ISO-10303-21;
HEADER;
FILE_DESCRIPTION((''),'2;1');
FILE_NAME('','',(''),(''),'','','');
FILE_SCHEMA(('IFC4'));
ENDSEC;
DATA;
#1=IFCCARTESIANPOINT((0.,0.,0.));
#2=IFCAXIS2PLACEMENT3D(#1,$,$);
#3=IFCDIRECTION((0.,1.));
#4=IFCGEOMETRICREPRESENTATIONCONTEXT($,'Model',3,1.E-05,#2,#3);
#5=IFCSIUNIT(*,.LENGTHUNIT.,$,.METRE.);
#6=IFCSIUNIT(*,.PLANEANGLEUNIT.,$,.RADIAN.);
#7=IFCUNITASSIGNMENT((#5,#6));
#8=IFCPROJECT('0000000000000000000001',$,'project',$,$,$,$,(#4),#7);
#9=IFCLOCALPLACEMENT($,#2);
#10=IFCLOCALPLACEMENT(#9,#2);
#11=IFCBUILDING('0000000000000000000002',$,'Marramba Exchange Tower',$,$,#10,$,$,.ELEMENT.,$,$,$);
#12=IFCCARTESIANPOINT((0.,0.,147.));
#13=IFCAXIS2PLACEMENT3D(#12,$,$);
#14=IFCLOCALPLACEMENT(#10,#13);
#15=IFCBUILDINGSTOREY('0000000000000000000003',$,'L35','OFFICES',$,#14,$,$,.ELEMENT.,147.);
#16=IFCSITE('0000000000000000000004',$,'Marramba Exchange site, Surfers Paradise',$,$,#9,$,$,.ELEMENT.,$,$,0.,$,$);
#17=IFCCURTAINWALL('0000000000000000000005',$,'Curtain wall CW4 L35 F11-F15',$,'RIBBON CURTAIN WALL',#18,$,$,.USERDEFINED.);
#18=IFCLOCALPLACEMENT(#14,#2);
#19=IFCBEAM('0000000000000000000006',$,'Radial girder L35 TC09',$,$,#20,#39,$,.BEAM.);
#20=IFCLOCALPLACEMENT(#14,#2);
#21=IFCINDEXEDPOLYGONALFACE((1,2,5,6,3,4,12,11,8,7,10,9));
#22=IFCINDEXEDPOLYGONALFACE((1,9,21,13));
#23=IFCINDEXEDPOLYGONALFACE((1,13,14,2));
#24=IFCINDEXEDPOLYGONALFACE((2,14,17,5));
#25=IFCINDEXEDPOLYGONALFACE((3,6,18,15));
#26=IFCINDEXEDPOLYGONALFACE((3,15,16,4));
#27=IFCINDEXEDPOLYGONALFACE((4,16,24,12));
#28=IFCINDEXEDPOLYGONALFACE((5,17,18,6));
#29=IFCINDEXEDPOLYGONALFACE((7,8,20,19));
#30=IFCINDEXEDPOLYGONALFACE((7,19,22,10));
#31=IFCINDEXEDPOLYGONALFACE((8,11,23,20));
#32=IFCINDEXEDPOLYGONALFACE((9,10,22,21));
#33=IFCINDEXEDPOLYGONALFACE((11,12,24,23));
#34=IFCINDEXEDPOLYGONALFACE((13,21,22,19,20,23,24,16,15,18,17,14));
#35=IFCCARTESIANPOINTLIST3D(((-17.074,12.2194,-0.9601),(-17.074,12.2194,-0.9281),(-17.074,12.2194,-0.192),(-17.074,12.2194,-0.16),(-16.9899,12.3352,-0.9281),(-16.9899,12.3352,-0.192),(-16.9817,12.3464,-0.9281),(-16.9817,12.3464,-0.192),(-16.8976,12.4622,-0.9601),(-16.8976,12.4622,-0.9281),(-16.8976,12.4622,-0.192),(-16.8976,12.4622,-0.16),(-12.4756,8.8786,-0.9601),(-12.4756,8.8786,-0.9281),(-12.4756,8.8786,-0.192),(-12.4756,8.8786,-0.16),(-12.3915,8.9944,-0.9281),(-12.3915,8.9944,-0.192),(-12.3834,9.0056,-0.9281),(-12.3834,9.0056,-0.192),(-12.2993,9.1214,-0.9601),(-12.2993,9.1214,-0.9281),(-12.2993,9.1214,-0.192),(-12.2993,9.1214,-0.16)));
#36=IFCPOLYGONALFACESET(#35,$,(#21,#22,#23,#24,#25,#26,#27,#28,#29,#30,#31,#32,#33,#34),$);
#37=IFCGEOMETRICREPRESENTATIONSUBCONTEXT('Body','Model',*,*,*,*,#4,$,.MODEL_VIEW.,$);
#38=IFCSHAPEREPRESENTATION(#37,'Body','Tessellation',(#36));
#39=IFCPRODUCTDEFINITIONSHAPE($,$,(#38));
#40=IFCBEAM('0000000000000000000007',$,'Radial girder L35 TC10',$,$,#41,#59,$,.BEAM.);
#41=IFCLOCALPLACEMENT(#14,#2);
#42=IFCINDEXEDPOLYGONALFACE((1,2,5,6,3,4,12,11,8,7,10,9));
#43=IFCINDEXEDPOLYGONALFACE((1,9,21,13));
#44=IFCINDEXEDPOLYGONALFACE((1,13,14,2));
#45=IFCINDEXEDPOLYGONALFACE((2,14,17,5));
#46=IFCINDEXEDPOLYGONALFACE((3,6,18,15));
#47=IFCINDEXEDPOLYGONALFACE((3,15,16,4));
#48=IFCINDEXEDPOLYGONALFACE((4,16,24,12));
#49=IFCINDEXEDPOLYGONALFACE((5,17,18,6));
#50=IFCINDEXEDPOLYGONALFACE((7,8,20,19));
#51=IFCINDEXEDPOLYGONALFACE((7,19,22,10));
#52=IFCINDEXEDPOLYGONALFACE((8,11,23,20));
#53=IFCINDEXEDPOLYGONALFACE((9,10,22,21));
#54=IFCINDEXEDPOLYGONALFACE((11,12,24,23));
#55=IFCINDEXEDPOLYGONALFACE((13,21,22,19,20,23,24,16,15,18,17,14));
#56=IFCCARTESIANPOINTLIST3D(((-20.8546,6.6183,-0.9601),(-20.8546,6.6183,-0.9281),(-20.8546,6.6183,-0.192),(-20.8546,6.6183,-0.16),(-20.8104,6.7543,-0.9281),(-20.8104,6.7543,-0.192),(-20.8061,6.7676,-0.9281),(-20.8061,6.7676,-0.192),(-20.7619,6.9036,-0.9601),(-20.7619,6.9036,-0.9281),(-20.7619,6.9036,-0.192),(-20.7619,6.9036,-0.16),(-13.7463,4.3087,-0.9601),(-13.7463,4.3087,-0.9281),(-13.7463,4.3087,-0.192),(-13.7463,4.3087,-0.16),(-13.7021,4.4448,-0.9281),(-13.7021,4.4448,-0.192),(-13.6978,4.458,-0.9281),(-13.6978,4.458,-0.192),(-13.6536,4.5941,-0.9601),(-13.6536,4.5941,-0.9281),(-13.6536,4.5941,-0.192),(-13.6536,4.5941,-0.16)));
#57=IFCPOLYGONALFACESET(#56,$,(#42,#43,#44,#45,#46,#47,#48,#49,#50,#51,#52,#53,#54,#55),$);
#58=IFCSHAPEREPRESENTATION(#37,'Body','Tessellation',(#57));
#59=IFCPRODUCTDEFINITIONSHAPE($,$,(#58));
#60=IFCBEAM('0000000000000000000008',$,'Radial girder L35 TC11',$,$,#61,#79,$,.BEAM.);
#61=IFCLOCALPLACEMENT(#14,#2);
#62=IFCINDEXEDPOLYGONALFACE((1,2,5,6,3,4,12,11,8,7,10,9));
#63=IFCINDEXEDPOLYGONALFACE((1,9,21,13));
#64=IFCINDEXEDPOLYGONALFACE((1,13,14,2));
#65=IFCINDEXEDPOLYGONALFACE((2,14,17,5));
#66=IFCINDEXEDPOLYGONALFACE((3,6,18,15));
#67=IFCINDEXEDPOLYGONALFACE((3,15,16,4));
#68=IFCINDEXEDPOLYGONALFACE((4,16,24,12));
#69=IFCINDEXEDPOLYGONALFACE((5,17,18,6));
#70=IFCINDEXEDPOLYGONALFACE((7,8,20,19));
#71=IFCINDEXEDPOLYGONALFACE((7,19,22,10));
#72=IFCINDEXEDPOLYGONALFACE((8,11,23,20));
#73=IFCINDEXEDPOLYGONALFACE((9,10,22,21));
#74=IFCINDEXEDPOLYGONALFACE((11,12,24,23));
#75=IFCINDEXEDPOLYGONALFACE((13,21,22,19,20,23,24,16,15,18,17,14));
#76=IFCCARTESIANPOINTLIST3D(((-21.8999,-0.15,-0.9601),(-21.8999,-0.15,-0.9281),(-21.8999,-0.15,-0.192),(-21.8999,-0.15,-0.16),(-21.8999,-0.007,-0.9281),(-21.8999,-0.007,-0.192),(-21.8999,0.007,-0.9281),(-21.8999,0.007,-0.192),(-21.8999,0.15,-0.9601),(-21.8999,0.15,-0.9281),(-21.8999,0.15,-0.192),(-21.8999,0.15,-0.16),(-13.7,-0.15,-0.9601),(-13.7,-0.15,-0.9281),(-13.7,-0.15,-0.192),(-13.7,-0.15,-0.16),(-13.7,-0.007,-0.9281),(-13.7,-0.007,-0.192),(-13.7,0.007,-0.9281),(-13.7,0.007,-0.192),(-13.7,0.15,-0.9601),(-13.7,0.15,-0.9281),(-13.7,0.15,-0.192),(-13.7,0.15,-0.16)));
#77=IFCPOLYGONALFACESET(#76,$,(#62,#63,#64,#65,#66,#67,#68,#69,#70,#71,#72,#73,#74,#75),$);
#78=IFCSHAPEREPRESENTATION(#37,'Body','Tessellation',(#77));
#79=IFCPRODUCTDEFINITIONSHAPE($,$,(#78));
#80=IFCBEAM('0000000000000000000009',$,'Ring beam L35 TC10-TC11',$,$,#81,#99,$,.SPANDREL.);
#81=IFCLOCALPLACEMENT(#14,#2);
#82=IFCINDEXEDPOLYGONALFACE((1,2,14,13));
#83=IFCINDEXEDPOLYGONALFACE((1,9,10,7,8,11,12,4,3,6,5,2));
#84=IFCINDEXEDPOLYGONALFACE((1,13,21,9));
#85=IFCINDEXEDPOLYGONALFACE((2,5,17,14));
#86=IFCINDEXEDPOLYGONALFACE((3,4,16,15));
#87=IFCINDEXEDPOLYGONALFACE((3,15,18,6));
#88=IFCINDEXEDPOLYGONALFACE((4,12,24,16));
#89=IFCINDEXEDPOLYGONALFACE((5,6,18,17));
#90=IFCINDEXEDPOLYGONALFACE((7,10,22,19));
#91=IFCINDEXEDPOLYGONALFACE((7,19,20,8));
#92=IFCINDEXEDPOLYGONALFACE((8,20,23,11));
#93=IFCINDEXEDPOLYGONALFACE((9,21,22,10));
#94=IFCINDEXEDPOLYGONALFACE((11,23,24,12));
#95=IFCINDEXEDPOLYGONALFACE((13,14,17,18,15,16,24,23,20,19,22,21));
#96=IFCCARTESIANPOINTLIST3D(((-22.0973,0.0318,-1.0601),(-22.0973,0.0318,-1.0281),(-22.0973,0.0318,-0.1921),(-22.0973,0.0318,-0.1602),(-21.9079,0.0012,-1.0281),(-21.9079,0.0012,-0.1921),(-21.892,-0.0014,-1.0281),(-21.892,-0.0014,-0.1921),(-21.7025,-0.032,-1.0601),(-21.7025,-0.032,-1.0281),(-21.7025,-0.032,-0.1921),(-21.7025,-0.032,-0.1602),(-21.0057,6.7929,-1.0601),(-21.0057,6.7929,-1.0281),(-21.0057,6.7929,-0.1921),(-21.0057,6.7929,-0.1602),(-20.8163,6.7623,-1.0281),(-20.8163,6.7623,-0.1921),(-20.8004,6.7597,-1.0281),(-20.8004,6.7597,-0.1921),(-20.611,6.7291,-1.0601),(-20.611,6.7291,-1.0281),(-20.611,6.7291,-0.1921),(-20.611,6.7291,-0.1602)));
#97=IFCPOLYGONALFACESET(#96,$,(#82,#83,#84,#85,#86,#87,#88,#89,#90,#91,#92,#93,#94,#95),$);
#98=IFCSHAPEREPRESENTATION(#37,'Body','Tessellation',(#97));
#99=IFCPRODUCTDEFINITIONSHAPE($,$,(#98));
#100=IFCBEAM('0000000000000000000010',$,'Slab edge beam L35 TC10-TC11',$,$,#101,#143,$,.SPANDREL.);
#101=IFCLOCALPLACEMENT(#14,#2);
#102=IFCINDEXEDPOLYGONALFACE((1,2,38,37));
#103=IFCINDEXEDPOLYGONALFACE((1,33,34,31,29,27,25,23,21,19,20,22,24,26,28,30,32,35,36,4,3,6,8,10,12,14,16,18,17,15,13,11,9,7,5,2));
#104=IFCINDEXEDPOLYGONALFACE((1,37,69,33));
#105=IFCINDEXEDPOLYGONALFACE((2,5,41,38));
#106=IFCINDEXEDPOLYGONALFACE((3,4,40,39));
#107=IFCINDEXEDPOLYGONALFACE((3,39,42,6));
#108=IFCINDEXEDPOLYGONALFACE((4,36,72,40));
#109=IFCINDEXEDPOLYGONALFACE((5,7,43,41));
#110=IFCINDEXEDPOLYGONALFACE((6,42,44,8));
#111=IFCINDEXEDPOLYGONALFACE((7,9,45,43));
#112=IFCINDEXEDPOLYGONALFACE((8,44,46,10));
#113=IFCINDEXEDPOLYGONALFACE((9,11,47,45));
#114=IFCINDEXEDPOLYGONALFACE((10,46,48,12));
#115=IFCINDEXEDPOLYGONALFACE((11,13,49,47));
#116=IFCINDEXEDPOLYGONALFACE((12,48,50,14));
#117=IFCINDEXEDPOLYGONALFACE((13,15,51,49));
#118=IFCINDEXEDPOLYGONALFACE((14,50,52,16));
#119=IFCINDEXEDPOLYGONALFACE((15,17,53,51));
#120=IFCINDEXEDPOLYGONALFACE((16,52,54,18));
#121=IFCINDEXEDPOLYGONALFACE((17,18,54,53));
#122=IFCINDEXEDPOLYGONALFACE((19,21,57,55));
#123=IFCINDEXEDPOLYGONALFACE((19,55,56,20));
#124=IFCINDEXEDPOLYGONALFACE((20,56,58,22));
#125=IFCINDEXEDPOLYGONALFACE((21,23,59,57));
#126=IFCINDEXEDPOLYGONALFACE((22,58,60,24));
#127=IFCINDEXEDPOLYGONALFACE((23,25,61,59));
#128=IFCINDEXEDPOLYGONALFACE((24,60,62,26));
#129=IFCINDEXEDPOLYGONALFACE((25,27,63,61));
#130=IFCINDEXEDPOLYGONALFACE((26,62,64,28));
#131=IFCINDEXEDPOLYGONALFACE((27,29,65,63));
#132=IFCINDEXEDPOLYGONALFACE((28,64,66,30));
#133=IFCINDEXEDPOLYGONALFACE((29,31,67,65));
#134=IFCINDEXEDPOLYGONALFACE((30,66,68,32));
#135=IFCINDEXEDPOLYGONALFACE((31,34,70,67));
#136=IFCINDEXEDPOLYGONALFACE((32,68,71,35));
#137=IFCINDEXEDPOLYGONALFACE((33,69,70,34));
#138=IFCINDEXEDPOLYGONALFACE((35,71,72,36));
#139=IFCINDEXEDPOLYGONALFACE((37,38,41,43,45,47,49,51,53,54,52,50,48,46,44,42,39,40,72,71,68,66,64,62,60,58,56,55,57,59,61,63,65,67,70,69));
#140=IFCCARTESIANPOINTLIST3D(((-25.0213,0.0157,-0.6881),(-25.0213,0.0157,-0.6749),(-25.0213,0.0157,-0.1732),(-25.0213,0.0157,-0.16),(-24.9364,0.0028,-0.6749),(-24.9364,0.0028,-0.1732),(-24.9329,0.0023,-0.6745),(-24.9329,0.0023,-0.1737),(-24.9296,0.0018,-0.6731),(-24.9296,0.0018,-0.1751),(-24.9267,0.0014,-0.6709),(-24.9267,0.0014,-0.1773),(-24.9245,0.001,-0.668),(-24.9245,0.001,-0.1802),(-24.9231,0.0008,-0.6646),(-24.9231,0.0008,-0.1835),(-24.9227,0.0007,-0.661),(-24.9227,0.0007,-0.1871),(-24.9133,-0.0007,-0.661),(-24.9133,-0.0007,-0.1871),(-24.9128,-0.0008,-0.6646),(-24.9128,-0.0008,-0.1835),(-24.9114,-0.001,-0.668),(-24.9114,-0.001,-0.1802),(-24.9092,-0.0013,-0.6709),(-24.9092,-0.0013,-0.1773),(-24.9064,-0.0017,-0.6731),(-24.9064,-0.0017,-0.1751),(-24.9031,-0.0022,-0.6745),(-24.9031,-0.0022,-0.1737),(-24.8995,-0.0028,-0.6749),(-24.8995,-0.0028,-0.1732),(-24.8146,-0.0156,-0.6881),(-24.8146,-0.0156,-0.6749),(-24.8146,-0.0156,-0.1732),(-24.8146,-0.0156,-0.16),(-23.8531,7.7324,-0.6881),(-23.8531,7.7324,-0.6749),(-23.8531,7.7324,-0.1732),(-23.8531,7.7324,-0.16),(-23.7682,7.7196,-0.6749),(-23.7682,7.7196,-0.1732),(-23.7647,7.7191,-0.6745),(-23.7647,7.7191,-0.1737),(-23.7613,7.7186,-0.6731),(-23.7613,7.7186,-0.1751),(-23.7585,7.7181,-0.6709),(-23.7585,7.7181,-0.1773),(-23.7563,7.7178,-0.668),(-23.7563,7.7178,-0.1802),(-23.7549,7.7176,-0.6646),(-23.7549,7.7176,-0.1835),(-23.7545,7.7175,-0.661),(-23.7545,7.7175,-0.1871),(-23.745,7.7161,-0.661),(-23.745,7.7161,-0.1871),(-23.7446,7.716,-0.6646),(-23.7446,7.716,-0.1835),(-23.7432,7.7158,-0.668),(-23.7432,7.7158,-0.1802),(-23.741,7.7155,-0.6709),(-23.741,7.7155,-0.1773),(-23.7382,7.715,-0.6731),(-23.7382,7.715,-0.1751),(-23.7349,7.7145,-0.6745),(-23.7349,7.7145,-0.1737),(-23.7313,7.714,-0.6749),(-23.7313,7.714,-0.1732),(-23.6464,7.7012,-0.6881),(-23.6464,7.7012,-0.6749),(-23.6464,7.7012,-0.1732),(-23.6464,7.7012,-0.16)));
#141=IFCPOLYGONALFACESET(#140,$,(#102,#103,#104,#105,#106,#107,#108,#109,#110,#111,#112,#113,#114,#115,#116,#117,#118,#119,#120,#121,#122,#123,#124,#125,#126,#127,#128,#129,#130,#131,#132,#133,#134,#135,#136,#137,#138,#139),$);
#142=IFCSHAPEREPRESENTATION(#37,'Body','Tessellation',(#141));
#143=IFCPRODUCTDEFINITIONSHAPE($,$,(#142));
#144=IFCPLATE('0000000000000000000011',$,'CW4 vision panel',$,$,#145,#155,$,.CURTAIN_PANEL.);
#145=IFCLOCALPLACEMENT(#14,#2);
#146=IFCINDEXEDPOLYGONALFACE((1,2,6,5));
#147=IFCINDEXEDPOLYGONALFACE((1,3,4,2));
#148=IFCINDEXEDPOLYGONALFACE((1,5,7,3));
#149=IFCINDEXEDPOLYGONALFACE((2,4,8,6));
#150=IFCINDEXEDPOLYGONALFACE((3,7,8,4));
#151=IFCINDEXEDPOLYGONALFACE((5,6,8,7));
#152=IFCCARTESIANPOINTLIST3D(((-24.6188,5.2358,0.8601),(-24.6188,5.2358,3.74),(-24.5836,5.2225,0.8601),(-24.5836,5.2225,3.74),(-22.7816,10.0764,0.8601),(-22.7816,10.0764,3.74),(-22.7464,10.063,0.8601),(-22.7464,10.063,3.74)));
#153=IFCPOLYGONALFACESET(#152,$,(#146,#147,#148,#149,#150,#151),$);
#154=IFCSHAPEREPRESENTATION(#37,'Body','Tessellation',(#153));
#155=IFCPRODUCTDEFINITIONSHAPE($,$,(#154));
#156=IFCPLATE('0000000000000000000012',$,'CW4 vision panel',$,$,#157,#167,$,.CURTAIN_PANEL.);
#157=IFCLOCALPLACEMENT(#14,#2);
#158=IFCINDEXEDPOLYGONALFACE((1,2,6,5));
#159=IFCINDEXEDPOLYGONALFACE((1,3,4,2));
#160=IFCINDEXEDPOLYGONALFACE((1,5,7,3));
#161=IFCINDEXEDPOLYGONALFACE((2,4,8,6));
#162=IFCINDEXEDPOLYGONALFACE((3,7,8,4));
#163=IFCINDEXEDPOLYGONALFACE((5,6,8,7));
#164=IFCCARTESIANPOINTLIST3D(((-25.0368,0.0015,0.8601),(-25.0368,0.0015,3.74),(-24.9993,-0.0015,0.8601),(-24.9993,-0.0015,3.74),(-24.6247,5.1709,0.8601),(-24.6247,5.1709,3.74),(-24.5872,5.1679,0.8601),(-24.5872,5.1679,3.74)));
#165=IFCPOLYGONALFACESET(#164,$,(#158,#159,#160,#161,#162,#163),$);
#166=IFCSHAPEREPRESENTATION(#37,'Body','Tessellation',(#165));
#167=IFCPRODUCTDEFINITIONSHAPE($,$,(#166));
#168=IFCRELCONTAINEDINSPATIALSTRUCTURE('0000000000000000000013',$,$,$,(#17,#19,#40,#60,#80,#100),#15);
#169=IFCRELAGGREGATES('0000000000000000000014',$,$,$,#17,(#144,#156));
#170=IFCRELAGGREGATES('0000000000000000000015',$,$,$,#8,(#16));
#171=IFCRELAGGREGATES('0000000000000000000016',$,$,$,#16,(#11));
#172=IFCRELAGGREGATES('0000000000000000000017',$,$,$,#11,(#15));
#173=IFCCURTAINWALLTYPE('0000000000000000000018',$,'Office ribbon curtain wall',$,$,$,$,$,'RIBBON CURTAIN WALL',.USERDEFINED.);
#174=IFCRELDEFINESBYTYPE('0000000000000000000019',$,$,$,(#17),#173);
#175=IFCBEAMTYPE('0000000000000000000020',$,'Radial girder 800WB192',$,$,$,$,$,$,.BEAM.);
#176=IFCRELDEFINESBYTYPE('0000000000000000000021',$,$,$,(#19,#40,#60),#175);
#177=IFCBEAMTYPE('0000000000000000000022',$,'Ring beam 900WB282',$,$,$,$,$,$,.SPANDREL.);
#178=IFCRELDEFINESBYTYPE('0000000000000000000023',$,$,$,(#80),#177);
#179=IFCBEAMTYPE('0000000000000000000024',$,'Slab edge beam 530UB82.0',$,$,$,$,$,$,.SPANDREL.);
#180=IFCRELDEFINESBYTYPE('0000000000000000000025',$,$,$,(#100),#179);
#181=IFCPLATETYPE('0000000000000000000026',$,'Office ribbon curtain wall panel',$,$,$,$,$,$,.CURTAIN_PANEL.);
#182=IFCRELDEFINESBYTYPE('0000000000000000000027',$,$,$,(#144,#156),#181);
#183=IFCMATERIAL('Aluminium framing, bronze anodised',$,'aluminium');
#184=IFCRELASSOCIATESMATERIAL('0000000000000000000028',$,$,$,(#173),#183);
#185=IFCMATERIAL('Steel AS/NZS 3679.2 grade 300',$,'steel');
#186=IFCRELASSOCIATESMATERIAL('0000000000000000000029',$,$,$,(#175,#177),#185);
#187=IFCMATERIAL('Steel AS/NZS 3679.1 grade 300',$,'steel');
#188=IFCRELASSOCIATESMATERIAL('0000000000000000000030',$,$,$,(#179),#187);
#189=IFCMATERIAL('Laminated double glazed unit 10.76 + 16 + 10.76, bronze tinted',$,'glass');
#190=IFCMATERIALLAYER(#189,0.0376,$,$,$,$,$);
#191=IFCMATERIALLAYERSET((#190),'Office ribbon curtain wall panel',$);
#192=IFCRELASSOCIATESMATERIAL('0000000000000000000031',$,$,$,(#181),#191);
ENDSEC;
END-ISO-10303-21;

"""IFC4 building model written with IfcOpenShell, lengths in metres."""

from ifc_helpers import new_model, si_unit, direction, frame, origin, origin_2d, place, context, subcontext, project, spatial, rectangle, i_section, extrude, material, layer, layer_set, material_profile, profile_set, type_object, element, aggregate, save


model = new_model("IFC4")

# Units and contexts
model_context = context("Model", 3, precision=1e-05, world=origin(), true_north=direction((0.0, 1.0)))
body_context = subcontext(model_context, "Body", "Model", "MODEL_VIEW")
ifc_project = project(units=[si_unit("LENGTHUNIT", "METRE"), si_unit("PLANEANGLEUNIT", "RADIAN")], contexts=[model_context])

# Site, building, storey
site_placement = place(None, origin())
site = spatial("IfcSite", under=ifc_project, at=site_placement, Name="Marramba Exchange site, Surfers Paradise", CompositionType="ELEMENT", RefElevation=0.0)
building_placement = place(site_placement, origin())
building = spatial("IfcBuilding", under=site, at=building_placement, Name="Marramba Exchange Tower", CompositionType="ELEMENT")
storey_placement = place(building_placement, frame((0.0, 0.0, 147.0)))
storey = spatial("IfcBuildingStorey", under=building, at=storey_placement, Name="L35", Description="OFFICES", CompositionType="ELEMENT", Elevation=147.0)

# Shared definitions
ifc_material_1 = material(Name="Steel AS/NZS 3679.2 grade 300", Category="steel")
ifc_material_2 = material(Name="Steel AS/NZS 3679.1 grade 300", Category="steel")

# Curtain wall
ifc_material_3 = material(Name="Aluminium framing, bronze anodised", Category="aluminium")
curtain_wall_type = type_object("IfcCurtainWallType", Name="Office ribbon curtain wall", ElementType="RIBBON CURTAIN WALL", PredefinedType="USERDEFINED", material=ifc_material_3)
curtain_wall_placement = place(storey_placement, origin())
curtain_wall = element("IfcCurtainWall", 1, at=curtain_wall_placement, inside=storey, type_object=curtain_wall_type, Name="Curtain wall CW4 L35 F11-F15", ObjectType="RIBBON CURTAIN WALL", PredefinedType="USERDEFINED")

# Beams
ifc_material_profile_1 = material_profile(ifc_material_1, i_section(OverallWidth=0.3, OverallDepth=0.8, WebThickness=0.0139, FlangeThickness=0.032, at=origin_2d()), Name="800WB192")
ifc_profile_set_1 = profile_set([ifc_material_profile_1], Name="Steel AS/NZS 3679.2 grade 300")
beam_type_1 = type_object("IfcBeamType", Name="Radial girder 800WB192", PredefinedType="BEAM", material=ifc_profile_set_1)
beam_1_placement = place(storey_placement, frame((-12.3875, 9.0, -0.5601), z_axis=(-0.809026, 0.587773, 0.0), x_axis=(-0.587773, -0.809026, 0.0)))
element("IfcBeam", 2, at=beam_1_placement, inside=storey, type_object=beam_type_1, Name="Radial girder L35 TC09", PredefinedType="BEAM", context=body_context, shape_type="SweptSolid", body=[
    extrude(i_section(OverallWidth=0.3, OverallDepth=0.8, WebThickness=0.0139, FlangeThickness=0.032, at=origin_2d()), origin(), (0.0, 0.0, 1.0), 5.6838),
])
beam_2_placement = place(storey_placement, frame((-13.7, 4.4514, -0.5601), z_axis=(-0.95106, 0.309006, 0.0), x_axis=(-0.309006, -0.95106, 0.0)))
element("IfcBeam", 3, at=beam_2_placement, inside=storey, type_object=beam_type_1, Name="Radial girder L35 TC10", PredefinedType="BEAM", context=body_context, shape_type="SweptSolid", body=[
    extrude(i_section(OverallWidth=0.3, OverallDepth=0.8, WebThickness=0.0139, FlangeThickness=0.032, at=origin_2d()), origin(), (0.0, 0.0, 1.0), 7.4741),
])
beam_3_placement = place(storey_placement, frame((-13.7, 0.0, -0.5601), z_axis=(-1.0, 0.0, 0.0), x_axis=(0.0, -1.0, 0.0)))
element("IfcBeam", 4, at=beam_3_placement, inside=storey, type_object=beam_type_1, Name="Radial girder L35 TC11", PredefinedType="BEAM", context=body_context, shape_type="SweptSolid", body=[
    extrude(i_section(OverallWidth=0.3, OverallDepth=0.8, WebThickness=0.0139, FlangeThickness=0.032, at=origin_2d()), origin(), (0.0, 0.0, 1.0), 8.2),
])
ifc_material_profile_2 = material_profile(ifc_material_1, i_section(OverallWidth=0.3999, OverallDepth=0.8999, WebThickness=0.0161, FlangeThickness=0.032, at=origin_2d()), Name="900WB282")
ifc_profile_set_2 = profile_set([ifc_material_profile_2], Name="Steel AS/NZS 3679.2 grade 300")
beam_type_2 = type_object("IfcBeamType", Name="Ring beam 900WB282", PredefinedType="SPANDREL", material=ifc_profile_set_2)
beam_4_placement = place(storey_placement, frame((-20.8083, 6.761, -0.6101), z_axis=(-0.159385, -0.987217, 0.0), x_axis=(0.987217, -0.159385, 0.0)))
element("IfcBeam", 5, at=beam_4_placement, inside=storey, type_object=beam_type_2, Name="Ring beam L35 TC10-TC11", PredefinedType="SPANDREL", context=body_context, shape_type="SweptSolid", body=[
    extrude(i_section(OverallWidth=0.3999, OverallDepth=0.8999, WebThickness=0.0161, FlangeThickness=0.032, at=origin_2d()), origin(), (0.0, 0.0, 1.0), 6.8486),
])
ifc_material_profile_3 = material_profile(ifc_material_2, i_section(OverallWidth=0.209, OverallDepth=0.5281, WebThickness=0.0095, FlangeThickness=0.0132, FilletRadius=0.0139, at=origin_2d()), Name="530UB82.0")
ifc_profile_set_3 = profile_set([ifc_material_profile_3], Name="Steel AS/NZS 3679.1 grade 300")
beam_type_3 = type_object("IfcBeamType", Name="Slab edge beam 530UB82.0", PredefinedType="SPANDREL", material=ifc_profile_set_3)
beam_5_placement = place(storey_placement, frame((-23.7498, 7.7168, -0.4241), z_axis=(-0.14968, -0.988734, 0.0), x_axis=(0.988734, -0.14968, 0.0)))
element("IfcBeam", 6, at=beam_5_placement, inside=storey, type_object=beam_type_3, Name="Slab edge beam L35 TC10-TC11", PredefinedType="SPANDREL", context=body_context, shape_type="SweptSolid", body=[
    extrude(i_section(OverallWidth=0.209, OverallDepth=0.5281, WebThickness=0.0095, FlangeThickness=0.0132, FilletRadius=0.0139, at=origin_2d()), origin(), (0.0, 0.0, 1.0), 7.8047),
])

# Plates
ifc_material_4 = material(Name="Laminated double glazed unit 10.76 + 16 + 10.76, bronze tinted", Category="glass")
ifc_layer_1 = layer(ifc_material_4, 0.0376)
ifc_layer_set_1 = layer_set([ifc_layer_1], Name="Office ribbon curtain wall panel")
plate_type = type_object("IfcPlateType", Name="Office ribbon curtain wall panel", PredefinedType="CURTAIN_PANEL", material=ifc_layer_set_1)
plate_1_placement = place(storey_placement, frame((-23.6826, 7.6494, 0.8601), z_axis=(0.0, 0.0, 1.0), x_axis=(-0.354844, -0.934925, 0.0)))
plate_1 = element("IfcPlate", 7, at=plate_1_placement, type_object=plate_type, Name="CW4 vision panel", PredefinedType="CURTAIN_PANEL", context=body_context, shape_type="SweptSolid", body=[
    extrude(rectangle(XDim=5.1775, YDim=0.0376, at=origin_2d()), origin(), (0.0, 0.0, 1.0), 2.8799),
])
plate_2_placement = place(storey_placement, frame((-24.812, 2.5847, 0.8601), z_axis=(0.0, 0.0, 1.0), x_axis=(-0.07946, -0.996838, 0.0)))
plate_2 = element("IfcPlate", 8, at=plate_2_placement, type_object=plate_type, Name="CW4 vision panel", PredefinedType="CURTAIN_PANEL", context=body_context, shape_type="SweptSolid", body=[
    extrude(rectangle(XDim=5.1858, YDim=0.0376, at=origin_2d()), origin(), (0.0, 0.0, 1.0), 2.8799),
])
aggregate(curtain_wall, [plate_1, plate_2])

save(model, "model.ifc")
